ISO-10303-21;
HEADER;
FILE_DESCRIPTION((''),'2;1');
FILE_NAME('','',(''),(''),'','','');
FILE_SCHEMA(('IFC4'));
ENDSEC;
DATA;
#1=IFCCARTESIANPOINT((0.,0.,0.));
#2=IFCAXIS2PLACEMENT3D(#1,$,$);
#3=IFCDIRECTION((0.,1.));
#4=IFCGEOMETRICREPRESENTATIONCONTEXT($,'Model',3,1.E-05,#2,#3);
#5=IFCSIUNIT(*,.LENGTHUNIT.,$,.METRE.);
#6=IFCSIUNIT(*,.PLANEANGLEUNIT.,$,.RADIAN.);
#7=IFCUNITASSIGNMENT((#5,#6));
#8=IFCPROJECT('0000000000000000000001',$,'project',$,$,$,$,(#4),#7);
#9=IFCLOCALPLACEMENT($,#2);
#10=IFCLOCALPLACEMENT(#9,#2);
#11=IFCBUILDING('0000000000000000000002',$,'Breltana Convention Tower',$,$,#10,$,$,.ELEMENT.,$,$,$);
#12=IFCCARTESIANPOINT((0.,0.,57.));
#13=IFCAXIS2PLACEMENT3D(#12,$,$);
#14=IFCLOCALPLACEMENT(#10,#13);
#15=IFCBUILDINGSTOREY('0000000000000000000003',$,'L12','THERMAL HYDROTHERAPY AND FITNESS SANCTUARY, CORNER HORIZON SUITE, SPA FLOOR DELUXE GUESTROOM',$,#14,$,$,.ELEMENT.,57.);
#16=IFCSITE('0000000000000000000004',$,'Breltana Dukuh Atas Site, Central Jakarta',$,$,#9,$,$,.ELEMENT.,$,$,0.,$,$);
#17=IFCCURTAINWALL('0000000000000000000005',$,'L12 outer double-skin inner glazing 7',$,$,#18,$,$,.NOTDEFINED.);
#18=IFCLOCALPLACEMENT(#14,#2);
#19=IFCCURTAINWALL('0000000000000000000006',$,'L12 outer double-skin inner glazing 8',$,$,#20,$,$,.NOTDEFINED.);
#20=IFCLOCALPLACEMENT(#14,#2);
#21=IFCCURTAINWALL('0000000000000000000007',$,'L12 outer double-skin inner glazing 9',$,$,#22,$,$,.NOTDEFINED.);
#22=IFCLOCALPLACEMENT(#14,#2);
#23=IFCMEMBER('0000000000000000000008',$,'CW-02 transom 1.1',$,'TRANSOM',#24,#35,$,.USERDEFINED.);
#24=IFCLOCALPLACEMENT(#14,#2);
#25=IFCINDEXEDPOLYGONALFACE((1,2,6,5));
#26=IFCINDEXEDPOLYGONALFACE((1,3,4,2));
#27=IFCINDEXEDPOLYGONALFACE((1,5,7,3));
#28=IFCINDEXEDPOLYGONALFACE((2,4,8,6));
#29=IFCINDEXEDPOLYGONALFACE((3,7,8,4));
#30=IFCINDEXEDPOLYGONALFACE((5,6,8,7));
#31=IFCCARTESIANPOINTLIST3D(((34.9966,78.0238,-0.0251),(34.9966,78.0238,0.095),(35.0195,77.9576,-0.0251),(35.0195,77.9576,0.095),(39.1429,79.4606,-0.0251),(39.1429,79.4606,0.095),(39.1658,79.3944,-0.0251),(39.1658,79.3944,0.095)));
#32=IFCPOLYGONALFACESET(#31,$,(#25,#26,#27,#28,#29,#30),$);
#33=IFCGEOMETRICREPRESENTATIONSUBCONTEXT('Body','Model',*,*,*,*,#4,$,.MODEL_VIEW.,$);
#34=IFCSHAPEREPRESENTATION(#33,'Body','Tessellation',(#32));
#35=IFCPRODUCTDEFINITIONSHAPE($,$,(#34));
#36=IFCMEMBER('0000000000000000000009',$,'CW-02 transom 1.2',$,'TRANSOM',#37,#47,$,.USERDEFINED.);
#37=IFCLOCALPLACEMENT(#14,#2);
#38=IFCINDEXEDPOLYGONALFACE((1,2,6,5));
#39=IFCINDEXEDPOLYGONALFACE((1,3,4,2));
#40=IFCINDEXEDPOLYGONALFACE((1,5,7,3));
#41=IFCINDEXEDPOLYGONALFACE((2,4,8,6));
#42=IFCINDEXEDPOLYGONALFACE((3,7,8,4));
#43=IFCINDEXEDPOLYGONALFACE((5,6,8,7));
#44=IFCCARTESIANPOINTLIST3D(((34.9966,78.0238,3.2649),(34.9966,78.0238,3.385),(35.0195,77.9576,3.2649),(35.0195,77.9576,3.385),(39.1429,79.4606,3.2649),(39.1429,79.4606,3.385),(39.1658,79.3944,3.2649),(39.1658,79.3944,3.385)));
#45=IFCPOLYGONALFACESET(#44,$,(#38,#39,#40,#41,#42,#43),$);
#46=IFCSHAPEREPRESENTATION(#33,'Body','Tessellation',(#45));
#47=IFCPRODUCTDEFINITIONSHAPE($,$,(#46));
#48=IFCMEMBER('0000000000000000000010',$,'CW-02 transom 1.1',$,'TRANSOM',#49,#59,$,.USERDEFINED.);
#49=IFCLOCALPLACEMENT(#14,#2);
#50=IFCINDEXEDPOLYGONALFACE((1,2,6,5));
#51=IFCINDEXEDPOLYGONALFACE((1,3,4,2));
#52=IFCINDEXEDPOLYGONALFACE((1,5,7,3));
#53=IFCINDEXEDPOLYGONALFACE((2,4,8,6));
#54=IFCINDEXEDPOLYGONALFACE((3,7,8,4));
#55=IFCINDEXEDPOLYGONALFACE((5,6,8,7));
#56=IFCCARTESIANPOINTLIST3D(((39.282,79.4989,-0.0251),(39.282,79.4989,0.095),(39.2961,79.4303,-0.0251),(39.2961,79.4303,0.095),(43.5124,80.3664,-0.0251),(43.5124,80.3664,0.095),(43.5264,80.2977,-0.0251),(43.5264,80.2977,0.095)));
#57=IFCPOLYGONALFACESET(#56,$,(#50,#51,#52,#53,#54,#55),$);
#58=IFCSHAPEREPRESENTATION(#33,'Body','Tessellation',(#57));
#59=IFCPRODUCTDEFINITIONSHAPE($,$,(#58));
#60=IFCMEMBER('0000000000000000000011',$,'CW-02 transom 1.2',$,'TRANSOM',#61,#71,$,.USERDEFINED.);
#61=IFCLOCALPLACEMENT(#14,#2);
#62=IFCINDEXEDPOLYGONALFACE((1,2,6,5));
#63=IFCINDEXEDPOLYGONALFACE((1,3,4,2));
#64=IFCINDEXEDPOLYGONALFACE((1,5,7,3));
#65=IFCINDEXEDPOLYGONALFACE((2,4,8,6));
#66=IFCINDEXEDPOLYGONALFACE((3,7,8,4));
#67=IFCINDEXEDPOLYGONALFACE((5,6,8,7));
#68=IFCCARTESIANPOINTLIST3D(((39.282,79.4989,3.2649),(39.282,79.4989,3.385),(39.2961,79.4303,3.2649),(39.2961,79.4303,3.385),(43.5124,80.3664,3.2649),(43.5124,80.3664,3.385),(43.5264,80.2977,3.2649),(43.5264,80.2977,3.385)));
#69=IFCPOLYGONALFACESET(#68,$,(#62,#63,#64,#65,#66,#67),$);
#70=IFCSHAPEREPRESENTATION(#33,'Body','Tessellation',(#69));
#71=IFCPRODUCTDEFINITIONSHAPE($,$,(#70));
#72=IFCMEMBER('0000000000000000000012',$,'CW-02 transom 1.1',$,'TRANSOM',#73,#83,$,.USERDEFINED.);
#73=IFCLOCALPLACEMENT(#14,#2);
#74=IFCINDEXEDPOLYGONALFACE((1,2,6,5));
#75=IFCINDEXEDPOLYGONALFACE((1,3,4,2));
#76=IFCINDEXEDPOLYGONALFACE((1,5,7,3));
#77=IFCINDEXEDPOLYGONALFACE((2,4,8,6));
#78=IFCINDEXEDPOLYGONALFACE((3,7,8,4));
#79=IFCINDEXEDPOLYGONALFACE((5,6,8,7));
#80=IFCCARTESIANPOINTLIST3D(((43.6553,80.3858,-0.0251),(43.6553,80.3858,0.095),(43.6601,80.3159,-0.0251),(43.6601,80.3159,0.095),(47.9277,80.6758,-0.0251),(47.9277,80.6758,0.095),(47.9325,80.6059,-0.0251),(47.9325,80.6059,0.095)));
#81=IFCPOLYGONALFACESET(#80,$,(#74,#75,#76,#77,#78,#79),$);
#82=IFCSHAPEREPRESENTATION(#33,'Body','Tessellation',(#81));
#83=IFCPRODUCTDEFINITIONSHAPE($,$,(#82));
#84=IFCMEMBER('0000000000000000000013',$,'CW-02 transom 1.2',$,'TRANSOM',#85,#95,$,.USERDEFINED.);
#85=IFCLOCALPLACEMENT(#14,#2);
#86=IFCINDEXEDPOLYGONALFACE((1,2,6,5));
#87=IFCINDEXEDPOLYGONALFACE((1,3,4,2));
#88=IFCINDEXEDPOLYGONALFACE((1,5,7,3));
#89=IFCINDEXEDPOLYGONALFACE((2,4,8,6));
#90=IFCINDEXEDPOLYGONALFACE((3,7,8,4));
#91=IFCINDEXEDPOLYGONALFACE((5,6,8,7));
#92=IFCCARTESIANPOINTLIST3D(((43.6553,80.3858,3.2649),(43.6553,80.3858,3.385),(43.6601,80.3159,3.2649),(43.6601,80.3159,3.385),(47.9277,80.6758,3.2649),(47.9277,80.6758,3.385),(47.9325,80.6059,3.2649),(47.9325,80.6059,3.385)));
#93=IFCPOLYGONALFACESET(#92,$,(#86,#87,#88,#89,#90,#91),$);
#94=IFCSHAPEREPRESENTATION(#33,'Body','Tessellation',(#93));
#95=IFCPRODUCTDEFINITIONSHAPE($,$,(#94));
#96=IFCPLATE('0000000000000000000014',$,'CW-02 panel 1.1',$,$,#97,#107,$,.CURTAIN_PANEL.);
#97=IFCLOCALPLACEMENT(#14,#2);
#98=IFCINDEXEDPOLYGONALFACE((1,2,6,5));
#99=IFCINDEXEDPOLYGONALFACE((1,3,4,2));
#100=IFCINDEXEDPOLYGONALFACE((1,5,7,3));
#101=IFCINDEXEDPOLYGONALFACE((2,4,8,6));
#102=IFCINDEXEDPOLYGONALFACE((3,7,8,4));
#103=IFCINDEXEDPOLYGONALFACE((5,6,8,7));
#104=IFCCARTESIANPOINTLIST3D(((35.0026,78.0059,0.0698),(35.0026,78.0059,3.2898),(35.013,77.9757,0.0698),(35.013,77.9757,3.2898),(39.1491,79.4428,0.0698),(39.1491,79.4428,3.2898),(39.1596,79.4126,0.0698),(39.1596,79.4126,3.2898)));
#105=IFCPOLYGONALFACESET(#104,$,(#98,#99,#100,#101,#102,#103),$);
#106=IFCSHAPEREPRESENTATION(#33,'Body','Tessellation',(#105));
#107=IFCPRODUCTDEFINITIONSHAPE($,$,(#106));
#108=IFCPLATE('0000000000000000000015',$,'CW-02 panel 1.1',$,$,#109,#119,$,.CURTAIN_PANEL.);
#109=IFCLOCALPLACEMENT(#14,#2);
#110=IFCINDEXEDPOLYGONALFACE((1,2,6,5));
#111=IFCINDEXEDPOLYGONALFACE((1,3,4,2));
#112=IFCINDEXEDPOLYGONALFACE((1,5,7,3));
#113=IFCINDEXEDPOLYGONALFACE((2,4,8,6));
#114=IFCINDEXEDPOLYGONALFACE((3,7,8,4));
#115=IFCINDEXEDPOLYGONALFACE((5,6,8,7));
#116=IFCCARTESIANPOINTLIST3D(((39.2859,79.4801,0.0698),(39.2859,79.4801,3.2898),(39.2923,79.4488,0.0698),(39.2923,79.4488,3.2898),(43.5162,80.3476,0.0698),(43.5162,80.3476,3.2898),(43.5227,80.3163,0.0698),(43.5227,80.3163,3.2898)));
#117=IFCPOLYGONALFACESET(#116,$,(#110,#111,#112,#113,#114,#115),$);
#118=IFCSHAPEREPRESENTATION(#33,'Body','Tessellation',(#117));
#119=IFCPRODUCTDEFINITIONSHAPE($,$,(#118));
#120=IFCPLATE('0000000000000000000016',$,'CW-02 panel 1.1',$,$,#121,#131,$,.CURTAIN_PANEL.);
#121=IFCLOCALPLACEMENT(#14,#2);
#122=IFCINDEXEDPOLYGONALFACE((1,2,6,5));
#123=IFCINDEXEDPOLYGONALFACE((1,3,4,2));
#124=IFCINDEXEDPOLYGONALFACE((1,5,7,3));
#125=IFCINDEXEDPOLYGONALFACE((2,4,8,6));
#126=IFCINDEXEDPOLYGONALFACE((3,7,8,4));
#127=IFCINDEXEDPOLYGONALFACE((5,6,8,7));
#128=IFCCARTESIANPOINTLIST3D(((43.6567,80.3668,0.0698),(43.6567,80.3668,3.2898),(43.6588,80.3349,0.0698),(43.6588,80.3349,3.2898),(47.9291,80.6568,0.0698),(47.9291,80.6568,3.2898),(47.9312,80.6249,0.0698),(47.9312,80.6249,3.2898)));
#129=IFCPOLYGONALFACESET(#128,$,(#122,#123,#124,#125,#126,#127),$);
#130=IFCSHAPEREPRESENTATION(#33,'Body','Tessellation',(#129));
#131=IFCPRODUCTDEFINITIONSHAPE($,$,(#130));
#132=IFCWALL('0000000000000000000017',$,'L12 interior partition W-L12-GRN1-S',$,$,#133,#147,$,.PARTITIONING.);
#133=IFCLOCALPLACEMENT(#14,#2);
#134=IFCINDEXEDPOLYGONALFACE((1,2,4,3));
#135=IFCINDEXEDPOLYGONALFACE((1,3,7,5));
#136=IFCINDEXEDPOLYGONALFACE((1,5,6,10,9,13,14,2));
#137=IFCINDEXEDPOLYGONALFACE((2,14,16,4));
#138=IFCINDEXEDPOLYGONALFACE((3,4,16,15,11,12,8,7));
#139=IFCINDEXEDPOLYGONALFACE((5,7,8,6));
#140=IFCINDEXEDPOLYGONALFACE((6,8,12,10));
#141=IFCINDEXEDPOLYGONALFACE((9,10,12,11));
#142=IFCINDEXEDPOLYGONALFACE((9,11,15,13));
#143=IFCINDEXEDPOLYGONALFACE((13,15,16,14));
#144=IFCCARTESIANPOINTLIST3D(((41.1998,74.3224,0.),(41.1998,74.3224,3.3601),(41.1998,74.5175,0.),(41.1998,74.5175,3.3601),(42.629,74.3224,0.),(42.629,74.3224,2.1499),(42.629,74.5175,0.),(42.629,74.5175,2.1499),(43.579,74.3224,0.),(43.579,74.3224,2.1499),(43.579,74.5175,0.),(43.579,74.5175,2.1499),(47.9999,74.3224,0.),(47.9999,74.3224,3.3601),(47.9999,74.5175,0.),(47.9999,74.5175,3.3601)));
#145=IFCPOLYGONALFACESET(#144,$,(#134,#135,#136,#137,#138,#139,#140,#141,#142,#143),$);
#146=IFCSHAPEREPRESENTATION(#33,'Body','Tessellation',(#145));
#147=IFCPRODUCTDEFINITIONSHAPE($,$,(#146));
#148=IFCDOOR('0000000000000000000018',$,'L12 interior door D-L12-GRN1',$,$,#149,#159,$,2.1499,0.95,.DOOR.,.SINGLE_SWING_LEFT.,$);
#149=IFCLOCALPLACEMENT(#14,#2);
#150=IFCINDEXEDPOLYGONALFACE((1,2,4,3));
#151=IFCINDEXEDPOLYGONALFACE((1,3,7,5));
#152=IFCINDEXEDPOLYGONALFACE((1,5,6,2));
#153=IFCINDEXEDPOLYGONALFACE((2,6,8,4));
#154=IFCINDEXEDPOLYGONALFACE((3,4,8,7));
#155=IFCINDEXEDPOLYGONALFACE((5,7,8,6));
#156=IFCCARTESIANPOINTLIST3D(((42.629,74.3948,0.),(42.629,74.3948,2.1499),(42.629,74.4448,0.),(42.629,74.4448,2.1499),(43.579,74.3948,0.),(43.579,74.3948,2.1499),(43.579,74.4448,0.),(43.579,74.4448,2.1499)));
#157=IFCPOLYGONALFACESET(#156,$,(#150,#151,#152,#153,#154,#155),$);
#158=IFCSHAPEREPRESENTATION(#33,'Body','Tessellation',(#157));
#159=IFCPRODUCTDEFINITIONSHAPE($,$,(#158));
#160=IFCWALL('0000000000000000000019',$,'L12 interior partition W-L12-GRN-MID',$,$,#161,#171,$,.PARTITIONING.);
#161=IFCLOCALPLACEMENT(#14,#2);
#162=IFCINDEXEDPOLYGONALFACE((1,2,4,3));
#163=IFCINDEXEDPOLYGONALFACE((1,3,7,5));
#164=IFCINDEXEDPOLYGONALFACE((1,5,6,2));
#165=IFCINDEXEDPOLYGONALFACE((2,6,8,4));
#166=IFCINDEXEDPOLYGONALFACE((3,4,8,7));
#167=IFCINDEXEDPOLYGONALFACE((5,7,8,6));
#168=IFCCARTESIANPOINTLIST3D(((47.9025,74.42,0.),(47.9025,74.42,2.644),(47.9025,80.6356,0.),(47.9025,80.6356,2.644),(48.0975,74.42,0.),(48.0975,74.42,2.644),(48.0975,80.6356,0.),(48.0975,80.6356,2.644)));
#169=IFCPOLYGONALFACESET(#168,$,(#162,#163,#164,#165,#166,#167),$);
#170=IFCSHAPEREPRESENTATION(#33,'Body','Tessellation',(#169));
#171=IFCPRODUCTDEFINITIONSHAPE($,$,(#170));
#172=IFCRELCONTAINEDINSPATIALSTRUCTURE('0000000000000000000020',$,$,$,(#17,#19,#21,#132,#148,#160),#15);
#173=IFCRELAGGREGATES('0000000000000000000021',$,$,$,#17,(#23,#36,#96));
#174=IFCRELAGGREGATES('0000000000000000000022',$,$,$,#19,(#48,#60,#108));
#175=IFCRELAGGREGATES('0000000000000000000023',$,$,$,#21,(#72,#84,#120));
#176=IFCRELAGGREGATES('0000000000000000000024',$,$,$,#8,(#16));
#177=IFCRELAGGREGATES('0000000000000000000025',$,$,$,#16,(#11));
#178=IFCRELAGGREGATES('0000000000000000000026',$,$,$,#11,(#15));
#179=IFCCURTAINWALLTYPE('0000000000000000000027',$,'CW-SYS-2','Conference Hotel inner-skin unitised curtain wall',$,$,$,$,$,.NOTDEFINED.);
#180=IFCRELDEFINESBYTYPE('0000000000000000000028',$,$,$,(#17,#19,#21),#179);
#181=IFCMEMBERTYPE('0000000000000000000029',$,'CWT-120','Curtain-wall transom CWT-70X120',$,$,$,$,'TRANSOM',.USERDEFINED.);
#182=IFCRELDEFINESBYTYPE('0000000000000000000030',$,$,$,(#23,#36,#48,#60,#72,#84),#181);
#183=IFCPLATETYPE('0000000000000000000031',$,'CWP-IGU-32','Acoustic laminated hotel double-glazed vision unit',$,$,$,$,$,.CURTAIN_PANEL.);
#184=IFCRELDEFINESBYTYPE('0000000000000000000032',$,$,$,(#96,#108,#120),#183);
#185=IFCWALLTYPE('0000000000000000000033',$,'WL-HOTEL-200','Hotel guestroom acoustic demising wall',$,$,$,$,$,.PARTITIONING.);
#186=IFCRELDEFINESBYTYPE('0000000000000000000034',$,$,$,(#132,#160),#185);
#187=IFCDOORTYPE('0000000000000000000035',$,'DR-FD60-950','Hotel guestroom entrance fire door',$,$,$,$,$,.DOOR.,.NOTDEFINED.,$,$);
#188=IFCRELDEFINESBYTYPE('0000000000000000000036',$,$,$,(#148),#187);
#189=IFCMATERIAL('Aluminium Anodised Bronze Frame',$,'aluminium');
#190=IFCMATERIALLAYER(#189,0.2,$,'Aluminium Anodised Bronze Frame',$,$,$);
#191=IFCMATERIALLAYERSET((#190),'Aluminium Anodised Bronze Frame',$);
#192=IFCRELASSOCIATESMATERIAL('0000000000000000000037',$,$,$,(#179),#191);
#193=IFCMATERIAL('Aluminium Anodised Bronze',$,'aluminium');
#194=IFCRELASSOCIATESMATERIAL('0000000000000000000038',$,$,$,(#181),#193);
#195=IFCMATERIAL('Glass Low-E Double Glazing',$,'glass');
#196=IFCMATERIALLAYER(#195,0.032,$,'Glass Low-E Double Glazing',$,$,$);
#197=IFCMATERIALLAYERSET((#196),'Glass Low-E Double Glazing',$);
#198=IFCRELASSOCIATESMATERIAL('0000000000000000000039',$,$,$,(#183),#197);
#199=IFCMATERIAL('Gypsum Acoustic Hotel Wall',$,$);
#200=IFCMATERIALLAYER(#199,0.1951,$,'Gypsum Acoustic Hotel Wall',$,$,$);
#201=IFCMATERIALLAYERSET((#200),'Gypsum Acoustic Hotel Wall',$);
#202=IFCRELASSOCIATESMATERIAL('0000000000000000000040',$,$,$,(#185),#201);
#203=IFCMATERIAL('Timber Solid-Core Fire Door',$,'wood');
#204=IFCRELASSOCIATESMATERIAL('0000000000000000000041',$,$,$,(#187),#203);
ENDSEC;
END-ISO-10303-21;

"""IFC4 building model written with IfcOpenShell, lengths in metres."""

from ifc_helpers import new_model, si_unit, direction, frame, frame_2d, origin, origin_2d, place, context, subcontext, project, spatial, rectangle, extrude, source, transform, mapped, material, layer, layer_set, material_profile, profile_set, type_object, type_shapes, element, fill, aggregate, save


model = new_model("IFC4")

# Units and contexts
model_context = context("Model", 3, precision=1e-05, world=origin(), true_north=direction((0.0, 1.0)))
body_context = subcontext(model_context, "Body", "Model", "MODEL_VIEW")
ifc_project = project(units=[si_unit("LENGTHUNIT", "METRE"), si_unit("PLANEANGLEUNIT", "RADIAN")], contexts=[model_context])

# Site, building, storey
site_placement = place(None, origin())
site = spatial("IfcSite", under=ifc_project, at=site_placement, Name="Breltana Dukuh Atas Site, Central Jakarta", CompositionType="ELEMENT", RefElevation=0.0)
building_placement = place(site_placement, origin())
building = spatial("IfcBuilding", under=site, at=building_placement, Name="Breltana Convention Tower", CompositionType="ELEMENT")
storey_placement = place(building_placement, frame((0.0, 0.0, 57.0)))
storey = spatial("IfcBuildingStorey", under=building, at=storey_placement, Name="L12", Description="THERMAL HYDROTHERAPY AND FITNESS SANCTUARY, CORNER HORIZON SUITE, SPA FLOOR DELUXE GUESTROOM", CompositionType="ELEMENT", Elevation=57.0)

# Shared definitions
ifc_material_1 = material(Name="Aluminium Anodised Bronze Frame", Category="aluminium")
ifc_layer_1 = layer(ifc_material_1, 0.2, Name="Aluminium Anodised Bronze Frame")
ifc_layer_set_1 = layer_set([ifc_layer_1], Name="Aluminium Anodised Bronze Frame")
curtain_wall_type = type_object("IfcCurtainWallType", Name="CW-SYS-2", Description="Conference Hotel inner-skin unitised curtain wall", PredefinedType="NOTDEFINED", material=ifc_layer_set_1)
ifc_material_2 = material(Name="Aluminium Anodised Bronze", Category="aluminium")

# Curtain walls
curtain_wall_1_placement = place(storey_placement, origin())
curtain_wall_1 = element("IfcCurtainWall", 1, at=curtain_wall_1_placement, inside=storey, type_object=curtain_wall_type, Name="L12 outer double-skin inner glazing 7", PredefinedType="NOTDEFINED")
curtain_wall_2_placement = place(storey_placement, origin())
curtain_wall_2 = element("IfcCurtainWall", 2, at=curtain_wall_2_placement, inside=storey, type_object=curtain_wall_type, Name="L12 outer double-skin inner glazing 8", PredefinedType="NOTDEFINED")
curtain_wall_3_placement = place(storey_placement, origin())
curtain_wall_3 = element("IfcCurtainWall", 3, at=curtain_wall_3_placement, inside=storey, type_object=curtain_wall_type, Name="L12 outer double-skin inner glazing 9", PredefinedType="NOTDEFINED")

# Members
ifc_material_profile_1 = material_profile(ifc_material_2, rectangle(XDim=0.0701, YDim=0.1201, at=origin_2d()), Name="CWT-70X120")
ifc_profile_set_1 = profile_set([ifc_material_profile_1], Name="Aluminium Anodised Bronze")
member_type_1 = type_object("IfcMemberType", Name="CWT-120", Description="Curtain-wall transom CWT-70X120", ElementType="TRANSOM", PredefinedType="USERDEFINED", material=ifc_profile_set_1)
shared_shape_1 = source(origin(), body_context, "Body", "SweptSolid", [
    extrude(rectangle(XDim=0.0701, YDim=0.1201, at=origin_2d()), origin(), (0.0, 0.0, 1.0), 4.3882),
])
member_1_placement = place(storey_placement, frame((35.0081, 77.9907, 0.0349), z_axis=(0.944878, 0.327422, 0.0), x_axis=(-0.327422, 0.944878, 0.0)))
member_1 = element("IfcMember", 4, at=member_1_placement, type_object=member_type_1, Name="CW-02 transom 1.1", ObjectType="TRANSOM", PredefinedType="USERDEFINED", context=body_context, shape_type="MappedRepresentation", body=[
    mapped(shared_shape_1, transform((0.0, 0.0, 0.0), scale=1.0)),
])
member_2_placement = place(storey_placement, frame((35.0081, 77.9907, 3.325), z_axis=(0.944878, 0.327422, 0.0), x_axis=(-0.327422, 0.944878, 0.0)))
member_2 = element("IfcMember", 5, at=member_2_placement, type_object=member_type_1, Name="CW-02 transom 1.2", ObjectType="TRANSOM", PredefinedType="USERDEFINED", context=body_context, shape_type="MappedRepresentation", body=[
    mapped(shared_shape_1, transform((0.0, 0.0, 0.0), scale=1.0)),
])
shared_shape_2 = source(origin(), body_context, "Body", "SweptSolid", [
    extrude(rectangle(XDim=0.0701, YDim=0.1201, at=origin_2d()), origin(), (0.0, 0.0, 1.0), 4.3184),
])
member_3_placement = place(storey_placement, frame((39.2891, 79.4646, 0.0349), z_axis=(0.979617, 0.200876, 0.0), x_axis=(-0.200876, 0.979617, 0.0)))
member_3 = element("IfcMember", 6, at=member_3_placement, type_object=member_type_1, Name="CW-02 transom 1.1", ObjectType="TRANSOM", PredefinedType="USERDEFINED", context=body_context, shape_type="MappedRepresentation", body=[
    mapped(shared_shape_2, transform((0.0, 0.0, 0.0), scale=1.0)),
])
member_4_placement = place(storey_placement, frame((39.2891, 79.4646, 3.325), z_axis=(0.979617, 0.200876, 0.0), x_axis=(-0.200876, 0.979617, 0.0)))
member_4 = element("IfcMember", 7, at=member_4_placement, type_object=member_type_1, Name="CW-02 transom 1.2", ObjectType="TRANSOM", PredefinedType="USERDEFINED", context=body_context, shape_type="MappedRepresentation", body=[
    mapped(shared_shape_2, transform((0.0, 0.0, 0.0), scale=1.0)),
])
shared_shape_3 = source(origin(), body_context, "Body", "SweptSolid", [
    extrude(rectangle(XDim=0.0701, YDim=0.1201, at=origin_2d()), origin(), (0.0, 0.0, 1.0), 4.2822),
])
member_5_placement = place(storey_placement, frame((43.6577, 80.3508, 0.0349), z_axis=(0.997704, 0.06773, 0.0), x_axis=(-0.06773, 0.997704, 0.0)))
member_5 = element("IfcMember", 8, at=member_5_placement, type_object=member_type_1, Name="CW-02 transom 1.1", ObjectType="TRANSOM", PredefinedType="USERDEFINED", context=body_context, shape_type="MappedRepresentation", body=[
    mapped(shared_shape_3, transform((0.0, 0.0, 0.0), scale=1.0)),
])
member_6_placement = place(storey_placement, frame((43.6577, 80.3508, 3.325), z_axis=(0.997704, 0.06773, 0.0), x_axis=(-0.06773, 0.997704, 0.0)))
member_6 = element("IfcMember", 9, at=member_6_placement, type_object=member_type_1, Name="CW-02 transom 1.2", ObjectType="TRANSOM", PredefinedType="USERDEFINED", context=body_context, shape_type="MappedRepresentation", body=[
    mapped(shared_shape_3, transform((0.0, 0.0, 0.0), scale=1.0)),
])

# Plates
ifc_material_3 = material(Name="Glass Low-E Double Glazing", Category="glass")
ifc_layer_2 = layer(ifc_material_3, 0.032, Name="Glass Low-E Double Glazing")
ifc_layer_set_2 = layer_set([ifc_layer_2], Name="Glass Low-E Double Glazing")
plate_type = type_object("IfcPlateType", Name="CWP-IGU-32", Description="Acoustic laminated hotel double-glazed vision unit", PredefinedType="CURTAIN_PANEL", material=ifc_layer_set_2)
shared_shape_4 = source(origin(), body_context, "Body", "SweptSolid", [
    extrude(rectangle(XDim=4.3884, YDim=0.032, at=origin_2d()), origin(), (0.0, 0.0, 1.0), 3.22),
])
plate_1_placement = place(storey_placement, frame((37.0811, 78.7092, 0.0698), z_axis=(0.0, 0.0, 1.0), x_axis=(0.944876, 0.327428, 0.0)))
plate_1 = element("IfcPlate", 10, at=plate_1_placement, type_object=plate_type, Name="CW-02 panel 1.1", PredefinedType="CURTAIN_PANEL", context=body_context, shape_type="MappedRepresentation", body=[
    mapped(shared_shape_4, transform((0.0, 0.0, 0.0), scale=1.0)),
])
aggregate(curtain_wall_1, [member_1, member_2, plate_1])
shared_shape_5 = source(origin(), body_context, "Body", "SweptSolid", [
    extrude(rectangle(XDim=4.3184, YDim=0.032, at=origin_2d()), origin(), (0.0, 0.0, 1.0), 3.22),
])
plate_2_placement = place(storey_placement, frame((41.4043, 79.8982, 0.0698), z_axis=(0.0, 0.0, 1.0), x_axis=(0.979615, 0.200885, 0.0)))
plate_2 = element("IfcPlate", 11, at=plate_2_placement, type_object=plate_type, Name="CW-02 panel 1.1", PredefinedType="CURTAIN_PANEL", context=body_context, shape_type="MappedRepresentation", body=[
    mapped(shared_shape_5, transform((0.0, 0.0, 0.0), scale=1.0)),
])
aggregate(curtain_wall_2, [member_3, member_4, plate_2])
shared_shape_6 = source(origin(), body_context, "Body", "SweptSolid", [
    extrude(rectangle(XDim=4.2822, YDim=0.032, at=origin_2d()), origin(), (0.0, 0.0, 1.0), 3.22),
])
plate_3_placement = place(storey_placement, frame((45.7939, 80.4958, 0.0698), z_axis=(0.0, 0.0, 1.0), x_axis=(0.997704, 0.067726, 0.0)))
plate_3 = element("IfcPlate", 12, at=plate_3_placement, type_object=plate_type, Name="CW-02 panel 1.1", PredefinedType="CURTAIN_PANEL", context=body_context, shape_type="MappedRepresentation", body=[
    mapped(shared_shape_6, transform((0.0, 0.0, 0.0), scale=1.0)),
])
aggregate(curtain_wall_3, [member_5, member_6, plate_3])

# Wall, opening, door
ifc_material_4 = material(Name="Gypsum Acoustic Hotel Wall")
ifc_layer_3 = layer(ifc_material_4, 0.1951, Name="Gypsum Acoustic Hotel Wall")
ifc_layer_set_3 = layer_set([ifc_layer_3], Name="Gypsum Acoustic Hotel Wall")
wall_type_1 = type_object("IfcWallType", Name="WL-HOTEL-200", Description="Hotel guestroom acoustic demising wall", PredefinedType="PARTITIONING", material=ifc_layer_set_3)
shared_shape_7 = source(origin(), body_context, "Body", "SweptSolid", [
    extrude(rectangle(XDim=6.8, YDim=0.1951, at=frame_2d((3.3999, 0.0))), origin(), (0.0, 0.0, 1.0), 3.3601),
])
type_shapes(wall_type_1, [shared_shape_7])
wall_1_placement = place(storey_placement, frame((41.2, 74.4199, 0.0), z_axis=(0.0, 0.0, 1.0), x_axis=(1.0, 0.0, 0.0)))
wall_1 = element("IfcWall", 13, at=wall_1_placement, inside=storey, type_object=wall_type_1, Name="L12 interior partition W-L12-GRN1-S", PredefinedType="PARTITIONING", context=body_context, shape_type="MappedRepresentation", body=[
    mapped(shared_shape_7, transform((0.0, 0.0, 0.0), scale=1.0)),
])
opening_1_placement = place(wall_1_placement, frame((1.429, 0.0, 0.0)))
opening_1 = element("IfcOpeningElement", 14, at=opening_1_placement, cuts=wall_1, PredefinedType="OPENING", context=body_context, shape_type="SweptSolid", body=[
    extrude(rectangle(XDim=0.95, YDim=2.1499, at=frame_2d((0.4751, 1.075))), frame((0.0, 0.1074, 0.0), z_axis=(0.0, -1.0, 0.0), x_axis=(1.0, 0.0, 0.0)), (0.0, 0.0, 1.0), 0.2151),
])
ifc_material_5 = material(Name="Timber Solid-Core Fire Door", Category="wood")
door_type_1 = type_object("IfcDoorType", Name="DR-FD60-950", Description="Hotel guestroom entrance fire door", OperationType="NOTDEFINED", PredefinedType="DOOR", material=ifc_material_5)
shared_shape_8 = source(origin(), body_context, "Body", "SweptSolid", [
    extrude(rectangle(XDim=0.95, YDim=2.1499, at=frame_2d((0.4751, 1.075))), frame((0.0, 0.0249, 0.0), z_axis=(0.0, -1.0, 0.0), x_axis=(1.0, 0.0, 0.0)), (0.0, 0.0, 1.0), 0.05),
])
type_shapes(door_type_1, [shared_shape_8])
door_1_placement = place(opening_1_placement, origin())
door_1 = element("IfcDoor", 15, at=door_1_placement, inside=storey, type_object=door_type_1, Name="L12 interior door D-L12-GRN1", OperationType="SINGLE_SWING_LEFT", OverallHeight=2.1499, OverallWidth=0.95, PredefinedType="DOOR", context=body_context, shape_type="MappedRepresentation", body=[
    mapped(shared_shape_8, transform((0.0, 0.0, 0.0), scale=1.0)),
])
fill(opening_1, door_1)

# Wall
shared_shape_9 = source(origin(), body_context, "Body", "SweptSolid", [
    extrude(rectangle(XDim=6.2156, YDim=0.1951, at=frame_2d((3.1079, 0.0))), origin(), (0.0, 0.0, 1.0), 2.644),
])
wall_2_placement = place(storey_placement, frame((48.0, 74.4199, 0.0), z_axis=(0.0, 0.0, 1.0), x_axis=(0.0, 1.0, 0.0)))
element("IfcWall", 16, at=wall_2_placement, inside=storey, type_object=wall_type_1, Name="L12 interior partition W-L12-GRN-MID", PredefinedType="PARTITIONING", context=body_context, shape_type="MappedRepresentation", body=[
    mapped(shared_shape_9, transform((0.0, 0.0, 0.0), scale=1.0)),
])

save(model, "model.ifc")
